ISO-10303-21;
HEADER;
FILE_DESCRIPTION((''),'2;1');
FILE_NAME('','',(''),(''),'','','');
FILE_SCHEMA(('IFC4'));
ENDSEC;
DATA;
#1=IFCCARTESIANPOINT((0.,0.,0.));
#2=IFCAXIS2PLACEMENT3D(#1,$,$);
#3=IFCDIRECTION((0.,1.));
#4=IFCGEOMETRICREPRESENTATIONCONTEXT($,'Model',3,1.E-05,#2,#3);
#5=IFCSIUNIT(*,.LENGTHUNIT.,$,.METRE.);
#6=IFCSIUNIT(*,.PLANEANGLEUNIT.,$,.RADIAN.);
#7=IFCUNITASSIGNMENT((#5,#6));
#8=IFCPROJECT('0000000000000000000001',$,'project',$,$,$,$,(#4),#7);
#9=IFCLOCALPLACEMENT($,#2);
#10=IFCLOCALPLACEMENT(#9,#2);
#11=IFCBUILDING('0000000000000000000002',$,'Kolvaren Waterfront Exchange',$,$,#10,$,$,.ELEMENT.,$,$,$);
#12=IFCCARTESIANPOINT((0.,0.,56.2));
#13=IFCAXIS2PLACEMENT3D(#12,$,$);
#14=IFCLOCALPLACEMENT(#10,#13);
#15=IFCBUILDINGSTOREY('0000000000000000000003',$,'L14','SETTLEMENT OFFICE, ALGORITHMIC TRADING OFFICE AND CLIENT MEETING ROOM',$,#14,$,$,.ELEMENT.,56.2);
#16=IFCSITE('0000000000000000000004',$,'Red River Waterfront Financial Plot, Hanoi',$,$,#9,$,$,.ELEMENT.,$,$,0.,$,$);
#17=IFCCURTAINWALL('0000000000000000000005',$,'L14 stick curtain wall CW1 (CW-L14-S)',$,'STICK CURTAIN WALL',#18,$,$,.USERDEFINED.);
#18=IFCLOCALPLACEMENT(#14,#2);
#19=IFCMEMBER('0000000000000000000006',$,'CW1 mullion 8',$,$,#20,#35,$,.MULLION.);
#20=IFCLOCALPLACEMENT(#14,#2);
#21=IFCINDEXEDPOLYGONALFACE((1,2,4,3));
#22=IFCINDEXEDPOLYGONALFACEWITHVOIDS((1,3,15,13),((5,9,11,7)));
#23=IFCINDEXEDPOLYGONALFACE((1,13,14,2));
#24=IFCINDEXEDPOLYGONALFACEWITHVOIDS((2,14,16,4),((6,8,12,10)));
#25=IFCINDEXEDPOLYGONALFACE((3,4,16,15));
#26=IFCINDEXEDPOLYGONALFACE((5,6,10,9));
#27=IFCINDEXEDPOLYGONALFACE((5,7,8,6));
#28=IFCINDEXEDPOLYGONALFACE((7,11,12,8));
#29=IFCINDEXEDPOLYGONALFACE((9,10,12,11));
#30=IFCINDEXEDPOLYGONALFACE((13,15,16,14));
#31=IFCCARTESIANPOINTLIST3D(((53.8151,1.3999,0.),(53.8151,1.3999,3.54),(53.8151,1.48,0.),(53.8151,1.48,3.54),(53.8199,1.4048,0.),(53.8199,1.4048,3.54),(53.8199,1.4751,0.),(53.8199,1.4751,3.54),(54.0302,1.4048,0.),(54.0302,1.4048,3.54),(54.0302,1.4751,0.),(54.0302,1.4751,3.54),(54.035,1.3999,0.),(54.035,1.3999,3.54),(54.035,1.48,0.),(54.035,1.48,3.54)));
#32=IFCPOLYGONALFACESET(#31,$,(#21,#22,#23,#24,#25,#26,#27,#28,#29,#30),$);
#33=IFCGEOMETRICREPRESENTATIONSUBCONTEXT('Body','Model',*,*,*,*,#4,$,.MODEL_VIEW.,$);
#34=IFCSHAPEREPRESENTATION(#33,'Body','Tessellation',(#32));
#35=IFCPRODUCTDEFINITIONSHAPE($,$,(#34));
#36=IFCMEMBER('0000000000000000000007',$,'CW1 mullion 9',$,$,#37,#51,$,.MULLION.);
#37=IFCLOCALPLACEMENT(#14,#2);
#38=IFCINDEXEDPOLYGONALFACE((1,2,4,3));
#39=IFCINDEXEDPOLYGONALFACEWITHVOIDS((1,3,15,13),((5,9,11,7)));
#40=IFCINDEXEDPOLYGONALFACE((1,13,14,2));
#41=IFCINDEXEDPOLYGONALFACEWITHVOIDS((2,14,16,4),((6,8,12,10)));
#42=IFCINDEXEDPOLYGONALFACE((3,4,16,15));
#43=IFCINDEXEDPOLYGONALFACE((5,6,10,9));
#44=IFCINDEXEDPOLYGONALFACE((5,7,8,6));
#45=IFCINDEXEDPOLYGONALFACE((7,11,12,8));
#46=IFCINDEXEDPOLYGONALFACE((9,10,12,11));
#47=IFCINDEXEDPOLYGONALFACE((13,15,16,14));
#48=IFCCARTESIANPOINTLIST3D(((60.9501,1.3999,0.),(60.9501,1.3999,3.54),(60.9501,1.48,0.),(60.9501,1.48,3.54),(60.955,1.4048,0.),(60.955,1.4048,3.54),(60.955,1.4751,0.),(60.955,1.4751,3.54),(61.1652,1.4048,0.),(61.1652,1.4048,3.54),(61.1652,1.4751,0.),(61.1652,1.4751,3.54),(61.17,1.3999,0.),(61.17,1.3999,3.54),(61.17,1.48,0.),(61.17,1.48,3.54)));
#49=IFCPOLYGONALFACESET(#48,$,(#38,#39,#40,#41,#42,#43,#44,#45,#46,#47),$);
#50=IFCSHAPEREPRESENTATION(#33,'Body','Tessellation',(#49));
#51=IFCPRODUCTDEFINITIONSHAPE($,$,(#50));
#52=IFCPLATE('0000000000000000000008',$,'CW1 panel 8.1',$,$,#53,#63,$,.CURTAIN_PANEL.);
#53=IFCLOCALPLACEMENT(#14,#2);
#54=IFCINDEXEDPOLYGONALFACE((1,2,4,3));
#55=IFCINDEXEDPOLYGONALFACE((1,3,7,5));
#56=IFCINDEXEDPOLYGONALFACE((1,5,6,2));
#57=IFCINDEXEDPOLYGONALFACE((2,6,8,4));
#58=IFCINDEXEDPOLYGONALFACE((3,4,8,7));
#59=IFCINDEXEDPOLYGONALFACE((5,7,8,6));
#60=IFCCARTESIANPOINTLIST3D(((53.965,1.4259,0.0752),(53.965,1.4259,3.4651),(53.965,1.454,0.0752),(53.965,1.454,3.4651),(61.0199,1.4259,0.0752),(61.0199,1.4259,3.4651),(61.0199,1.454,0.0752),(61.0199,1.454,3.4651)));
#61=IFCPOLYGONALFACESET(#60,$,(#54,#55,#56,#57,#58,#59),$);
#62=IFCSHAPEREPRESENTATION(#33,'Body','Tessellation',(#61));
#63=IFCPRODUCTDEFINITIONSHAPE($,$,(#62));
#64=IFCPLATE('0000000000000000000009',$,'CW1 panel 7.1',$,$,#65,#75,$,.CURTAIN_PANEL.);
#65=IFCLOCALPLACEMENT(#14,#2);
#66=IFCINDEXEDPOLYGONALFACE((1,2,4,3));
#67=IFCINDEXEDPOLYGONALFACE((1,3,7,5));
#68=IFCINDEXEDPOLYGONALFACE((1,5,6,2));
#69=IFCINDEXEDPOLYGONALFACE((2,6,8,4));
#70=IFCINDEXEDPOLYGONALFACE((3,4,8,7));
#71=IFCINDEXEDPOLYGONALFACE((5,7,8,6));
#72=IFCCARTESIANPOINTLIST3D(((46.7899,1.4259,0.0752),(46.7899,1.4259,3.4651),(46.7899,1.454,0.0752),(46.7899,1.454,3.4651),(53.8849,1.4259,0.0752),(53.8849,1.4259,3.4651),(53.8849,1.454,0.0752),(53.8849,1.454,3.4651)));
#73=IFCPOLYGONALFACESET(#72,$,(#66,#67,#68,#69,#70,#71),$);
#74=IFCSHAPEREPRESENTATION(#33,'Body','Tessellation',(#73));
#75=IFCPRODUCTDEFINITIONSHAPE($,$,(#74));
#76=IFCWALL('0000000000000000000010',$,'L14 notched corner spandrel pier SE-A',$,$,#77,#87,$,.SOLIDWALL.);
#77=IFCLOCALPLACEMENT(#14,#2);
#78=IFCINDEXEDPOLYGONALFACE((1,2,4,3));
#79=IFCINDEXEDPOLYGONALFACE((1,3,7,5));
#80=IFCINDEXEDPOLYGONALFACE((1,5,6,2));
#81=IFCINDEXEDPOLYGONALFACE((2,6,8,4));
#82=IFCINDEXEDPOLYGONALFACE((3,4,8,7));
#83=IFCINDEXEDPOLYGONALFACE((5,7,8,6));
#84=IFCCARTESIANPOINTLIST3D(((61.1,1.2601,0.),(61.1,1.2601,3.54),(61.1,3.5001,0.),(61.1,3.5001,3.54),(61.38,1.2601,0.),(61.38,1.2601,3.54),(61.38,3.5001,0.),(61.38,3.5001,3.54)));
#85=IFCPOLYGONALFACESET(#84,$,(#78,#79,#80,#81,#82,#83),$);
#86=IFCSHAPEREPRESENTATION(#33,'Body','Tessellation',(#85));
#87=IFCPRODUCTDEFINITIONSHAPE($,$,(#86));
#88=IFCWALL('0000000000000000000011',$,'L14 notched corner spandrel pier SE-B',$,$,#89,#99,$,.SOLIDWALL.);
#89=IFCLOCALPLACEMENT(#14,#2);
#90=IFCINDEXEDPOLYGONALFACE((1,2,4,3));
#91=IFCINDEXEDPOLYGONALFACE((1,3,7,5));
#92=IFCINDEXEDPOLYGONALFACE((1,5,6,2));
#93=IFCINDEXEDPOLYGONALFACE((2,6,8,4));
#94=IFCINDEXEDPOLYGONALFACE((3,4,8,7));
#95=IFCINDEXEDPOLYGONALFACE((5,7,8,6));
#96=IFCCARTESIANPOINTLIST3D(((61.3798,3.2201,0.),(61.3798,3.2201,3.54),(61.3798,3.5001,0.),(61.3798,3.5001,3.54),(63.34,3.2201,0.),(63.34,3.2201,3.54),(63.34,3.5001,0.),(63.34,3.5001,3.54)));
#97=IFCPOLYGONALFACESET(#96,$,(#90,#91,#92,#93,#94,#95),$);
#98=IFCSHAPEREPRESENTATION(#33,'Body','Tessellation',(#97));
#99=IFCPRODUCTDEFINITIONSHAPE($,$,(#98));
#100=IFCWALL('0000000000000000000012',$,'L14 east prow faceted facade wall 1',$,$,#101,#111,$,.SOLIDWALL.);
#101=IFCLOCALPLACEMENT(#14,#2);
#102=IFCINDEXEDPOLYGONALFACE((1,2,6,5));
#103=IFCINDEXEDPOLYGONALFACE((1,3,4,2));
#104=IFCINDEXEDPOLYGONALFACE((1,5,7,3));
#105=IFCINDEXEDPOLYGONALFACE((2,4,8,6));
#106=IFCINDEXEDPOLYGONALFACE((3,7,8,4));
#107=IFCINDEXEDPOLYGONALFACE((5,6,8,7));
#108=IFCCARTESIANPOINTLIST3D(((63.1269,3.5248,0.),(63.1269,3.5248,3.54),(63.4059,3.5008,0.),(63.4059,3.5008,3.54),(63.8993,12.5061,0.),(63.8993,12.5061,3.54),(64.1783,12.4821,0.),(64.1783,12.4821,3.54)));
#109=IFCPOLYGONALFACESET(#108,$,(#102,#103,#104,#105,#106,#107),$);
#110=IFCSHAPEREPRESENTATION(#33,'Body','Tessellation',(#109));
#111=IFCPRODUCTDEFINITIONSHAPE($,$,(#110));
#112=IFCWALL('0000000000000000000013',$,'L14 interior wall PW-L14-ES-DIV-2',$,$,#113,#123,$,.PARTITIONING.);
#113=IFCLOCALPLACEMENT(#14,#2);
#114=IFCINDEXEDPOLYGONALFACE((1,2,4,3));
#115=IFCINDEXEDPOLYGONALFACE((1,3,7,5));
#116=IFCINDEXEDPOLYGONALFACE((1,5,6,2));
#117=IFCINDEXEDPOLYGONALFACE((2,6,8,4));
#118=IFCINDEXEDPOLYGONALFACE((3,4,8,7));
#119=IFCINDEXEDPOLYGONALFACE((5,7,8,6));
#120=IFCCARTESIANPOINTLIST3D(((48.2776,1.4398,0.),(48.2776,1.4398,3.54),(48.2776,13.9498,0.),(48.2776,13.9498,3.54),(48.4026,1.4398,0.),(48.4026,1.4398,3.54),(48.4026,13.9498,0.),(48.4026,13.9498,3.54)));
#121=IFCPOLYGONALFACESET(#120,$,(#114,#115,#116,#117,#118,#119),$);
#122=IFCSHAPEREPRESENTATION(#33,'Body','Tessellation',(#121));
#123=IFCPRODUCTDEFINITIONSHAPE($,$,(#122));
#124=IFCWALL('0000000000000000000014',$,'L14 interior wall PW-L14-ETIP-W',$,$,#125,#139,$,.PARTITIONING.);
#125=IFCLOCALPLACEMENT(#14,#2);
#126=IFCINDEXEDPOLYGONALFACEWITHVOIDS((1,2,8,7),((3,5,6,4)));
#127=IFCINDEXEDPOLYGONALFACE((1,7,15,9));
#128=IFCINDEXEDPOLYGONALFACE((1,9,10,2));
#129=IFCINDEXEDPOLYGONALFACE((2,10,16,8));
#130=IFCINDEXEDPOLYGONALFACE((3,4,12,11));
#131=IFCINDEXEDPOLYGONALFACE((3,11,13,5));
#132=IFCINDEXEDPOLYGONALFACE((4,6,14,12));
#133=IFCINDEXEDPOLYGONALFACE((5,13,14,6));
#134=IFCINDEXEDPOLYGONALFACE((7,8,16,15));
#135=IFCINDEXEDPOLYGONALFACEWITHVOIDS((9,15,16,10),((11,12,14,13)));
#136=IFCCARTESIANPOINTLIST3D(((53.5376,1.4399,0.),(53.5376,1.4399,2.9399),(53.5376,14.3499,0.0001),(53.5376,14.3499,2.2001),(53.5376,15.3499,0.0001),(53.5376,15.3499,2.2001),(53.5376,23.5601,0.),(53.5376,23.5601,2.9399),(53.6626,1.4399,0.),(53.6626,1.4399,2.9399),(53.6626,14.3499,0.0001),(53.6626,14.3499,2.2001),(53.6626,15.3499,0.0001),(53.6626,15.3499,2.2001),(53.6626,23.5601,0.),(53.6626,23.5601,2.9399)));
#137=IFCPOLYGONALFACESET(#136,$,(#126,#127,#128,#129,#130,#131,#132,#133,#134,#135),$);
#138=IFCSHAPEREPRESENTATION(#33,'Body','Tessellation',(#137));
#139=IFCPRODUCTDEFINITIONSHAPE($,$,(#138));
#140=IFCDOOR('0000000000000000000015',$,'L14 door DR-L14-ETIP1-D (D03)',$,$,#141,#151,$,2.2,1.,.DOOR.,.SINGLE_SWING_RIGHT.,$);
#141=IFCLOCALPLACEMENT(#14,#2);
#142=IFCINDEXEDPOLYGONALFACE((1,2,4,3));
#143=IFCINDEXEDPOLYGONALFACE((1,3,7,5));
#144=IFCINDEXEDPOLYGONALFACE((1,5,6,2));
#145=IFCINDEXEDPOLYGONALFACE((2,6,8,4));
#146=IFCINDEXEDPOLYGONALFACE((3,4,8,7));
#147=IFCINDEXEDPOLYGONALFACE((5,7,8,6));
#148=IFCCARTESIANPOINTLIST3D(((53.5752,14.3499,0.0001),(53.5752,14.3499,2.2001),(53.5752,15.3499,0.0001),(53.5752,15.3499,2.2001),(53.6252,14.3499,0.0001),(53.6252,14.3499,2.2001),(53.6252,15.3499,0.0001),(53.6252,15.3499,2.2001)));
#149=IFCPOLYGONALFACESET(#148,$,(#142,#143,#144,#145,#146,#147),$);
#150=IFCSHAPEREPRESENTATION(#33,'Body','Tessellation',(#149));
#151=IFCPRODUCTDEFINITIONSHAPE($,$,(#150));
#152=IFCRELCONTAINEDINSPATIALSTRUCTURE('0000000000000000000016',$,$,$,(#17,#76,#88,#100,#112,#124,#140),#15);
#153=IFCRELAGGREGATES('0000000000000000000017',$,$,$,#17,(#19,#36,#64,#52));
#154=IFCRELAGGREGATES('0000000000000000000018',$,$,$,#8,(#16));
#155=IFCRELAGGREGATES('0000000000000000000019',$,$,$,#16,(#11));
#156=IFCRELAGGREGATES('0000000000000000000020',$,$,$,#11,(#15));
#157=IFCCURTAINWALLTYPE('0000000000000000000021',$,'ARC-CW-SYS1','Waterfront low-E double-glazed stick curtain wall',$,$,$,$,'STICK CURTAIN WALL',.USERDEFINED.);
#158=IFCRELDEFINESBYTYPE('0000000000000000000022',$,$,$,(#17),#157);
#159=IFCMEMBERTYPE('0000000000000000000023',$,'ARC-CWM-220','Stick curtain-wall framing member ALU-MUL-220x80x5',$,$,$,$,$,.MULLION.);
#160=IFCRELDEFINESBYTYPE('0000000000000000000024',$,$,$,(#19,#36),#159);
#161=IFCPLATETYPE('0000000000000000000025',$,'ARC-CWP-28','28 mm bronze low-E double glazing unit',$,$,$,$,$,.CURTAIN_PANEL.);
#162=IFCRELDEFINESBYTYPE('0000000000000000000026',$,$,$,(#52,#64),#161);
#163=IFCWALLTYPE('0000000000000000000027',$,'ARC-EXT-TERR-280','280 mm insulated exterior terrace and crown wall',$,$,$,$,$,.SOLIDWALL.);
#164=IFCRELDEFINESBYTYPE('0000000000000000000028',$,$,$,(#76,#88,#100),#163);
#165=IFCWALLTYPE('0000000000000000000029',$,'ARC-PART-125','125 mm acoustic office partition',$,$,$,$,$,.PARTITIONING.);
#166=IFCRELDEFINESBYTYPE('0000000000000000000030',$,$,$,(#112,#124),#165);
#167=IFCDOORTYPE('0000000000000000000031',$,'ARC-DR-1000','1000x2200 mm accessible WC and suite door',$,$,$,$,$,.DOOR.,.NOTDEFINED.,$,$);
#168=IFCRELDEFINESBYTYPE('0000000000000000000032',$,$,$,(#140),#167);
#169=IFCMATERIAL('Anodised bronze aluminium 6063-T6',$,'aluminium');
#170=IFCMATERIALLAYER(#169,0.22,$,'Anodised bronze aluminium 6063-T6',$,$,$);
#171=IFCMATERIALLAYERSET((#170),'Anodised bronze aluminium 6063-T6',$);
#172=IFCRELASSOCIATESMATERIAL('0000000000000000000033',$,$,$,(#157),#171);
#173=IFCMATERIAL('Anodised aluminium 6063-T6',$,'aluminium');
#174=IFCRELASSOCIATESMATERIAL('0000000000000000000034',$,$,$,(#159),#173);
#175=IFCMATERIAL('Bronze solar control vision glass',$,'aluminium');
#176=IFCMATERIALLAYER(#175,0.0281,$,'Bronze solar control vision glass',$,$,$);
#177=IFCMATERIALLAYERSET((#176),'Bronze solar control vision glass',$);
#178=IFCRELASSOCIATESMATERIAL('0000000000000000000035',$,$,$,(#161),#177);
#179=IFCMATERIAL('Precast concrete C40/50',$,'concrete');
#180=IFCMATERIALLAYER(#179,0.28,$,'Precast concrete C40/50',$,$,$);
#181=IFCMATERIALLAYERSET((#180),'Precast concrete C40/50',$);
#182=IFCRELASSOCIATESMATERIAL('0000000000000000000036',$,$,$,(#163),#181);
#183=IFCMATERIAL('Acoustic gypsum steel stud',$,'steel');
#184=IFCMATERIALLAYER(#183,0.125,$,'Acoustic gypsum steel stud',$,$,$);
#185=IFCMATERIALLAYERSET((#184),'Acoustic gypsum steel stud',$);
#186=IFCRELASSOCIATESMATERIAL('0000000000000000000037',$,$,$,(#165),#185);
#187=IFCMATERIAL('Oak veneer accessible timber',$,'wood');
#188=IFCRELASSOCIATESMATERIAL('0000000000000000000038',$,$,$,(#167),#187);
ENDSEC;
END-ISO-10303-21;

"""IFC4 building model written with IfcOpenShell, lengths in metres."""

from ifc_helpers import new_model, si_unit, direction, frame, frame_2d, origin, origin_with_axes, origin_2d, place, context, subcontext, project, spatial, rectangle, hollow_rectangle, extrude, source, transform, mapped, material, layer, layer_set, material_profile, profile_set, type_object, element, fill, aggregate, save


model = new_model("IFC4")

# Units and contexts
model_context = context("Model", 3, precision=1e-05, world=origin(), true_north=direction((0.0, 1.0)))
body_context = subcontext(model_context, "Body", "Model", "MODEL_VIEW")
ifc_project = project(units=[si_unit("LENGTHUNIT", "METRE"), si_unit("PLANEANGLEUNIT", "RADIAN")], contexts=[model_context])

# Site, building, storey
site_placement = place(None, origin())
site = spatial("IfcSite", under=ifc_project, at=site_placement, Name="Red River Waterfront Financial Plot, Hanoi", CompositionType="ELEMENT", RefElevation=0.0)
building_placement = place(site_placement, origin())
building = spatial("IfcBuilding", under=site, at=building_placement, Name="Kolvaren Waterfront Exchange", CompositionType="ELEMENT")
storey_placement = place(building_placement, frame((0.0, 0.0, 56.2)))
storey = spatial("IfcBuildingStorey", under=building, at=storey_placement, Name="L14", Description="SETTLEMENT OFFICE, ALGORITHMIC TRADING OFFICE AND CLIENT MEETING ROOM", CompositionType="ELEMENT", Elevation=56.2)

# Curtain wall, members, plates
ifc_material_1 = material(Name="Anodised bronze aluminium 6063-T6", Category="aluminium")
ifc_layer_1 = layer(ifc_material_1, 0.22, Name="Anodised bronze aluminium 6063-T6")
ifc_layer_set_1 = layer_set([ifc_layer_1], Name="Anodised bronze aluminium 6063-T6")
curtain_wall_type = type_object("IfcCurtainWallType", Name="ARC-CW-SYS1", Description="Waterfront low-E double-glazed stick curtain wall", ElementType="STICK CURTAIN WALL", PredefinedType="USERDEFINED", material=ifc_layer_set_1)
curtain_wall_placement = place(storey_placement, origin())
curtain_wall = element("IfcCurtainWall", 1, at=curtain_wall_placement, inside=storey, type_object=curtain_wall_type, Name="L14 stick curtain wall CW1 (CW-L14-S)", ObjectType="STICK CURTAIN WALL", PredefinedType="USERDEFINED")
ifc_material_2 = material(Name="Anodised aluminium 6063-T6", Category="aluminium")
ifc_material_profile_1 = material_profile(ifc_material_2, hollow_rectangle(XDim=0.0801, YDim=0.22, WallThickness=0.0049, at=origin_2d()), Name="ALU-MUL-220x80x5")
ifc_profile_set_1 = profile_set([ifc_material_profile_1], Name="Anodised aluminium 6063-T6")
member_type_1 = type_object("IfcMemberType", Name="ARC-CWM-220", Description="Stick curtain-wall framing member ALU-MUL-220x80x5", PredefinedType="MULLION", material=ifc_profile_set_1)
shared_shape_1 = source(origin_with_axes(), body_context, "Body", "SweptSolid", [
    extrude(hollow_rectangle(XDim=0.0801, YDim=0.22, WallThickness=0.0049, at=origin_2d()), origin(), (0.0, 0.0, 1.0), 3.54),
])
member_1_placement = place(storey_placement, frame((53.925, 1.4399, 0.0), z_axis=(0.0, 0.0, 1.0), x_axis=(0.0, 1.0, 0.0)))
member_1 = element("IfcMember", 2, at=member_1_placement, type_object=member_type_1, Name="CW1 mullion 8", PredefinedType="MULLION", context=body_context, shape_type="MappedRepresentation", body=[
    mapped(shared_shape_1, transform((0.0, 0.0, 0.0), x_axis=(1.0, 0.0, 0.0), y_axis=(0.0, 1.0, 0.0), z_axis=(0.0, 0.0, 1.0), scale=1.0)),
])
member_2_placement = place(storey_placement, frame((61.0601, 1.4399, 0.0), z_axis=(0.0, 0.0, 1.0), x_axis=(0.0, 1.0, 0.0)))
member_2 = element("IfcMember", 3, at=member_2_placement, type_object=member_type_1, Name="CW1 mullion 9", PredefinedType="MULLION", context=body_context, shape_type="MappedRepresentation", body=[
    mapped(shared_shape_1, transform((0.0, 0.0, 0.0), x_axis=(1.0, 0.0, 0.0), y_axis=(0.0, 1.0, 0.0), z_axis=(0.0, 0.0, 1.0), scale=1.0)),
])
ifc_material_3 = material(Name="Bronze solar control vision glass", Category="aluminium")
ifc_layer_2 = layer(ifc_material_3, 0.0281, Name="Bronze solar control vision glass")
ifc_layer_set_2 = layer_set([ifc_layer_2], Name="Bronze solar control vision glass")
plate_type = type_object("IfcPlateType", Name="ARC-CWP-28", Description="28 mm bronze low-E double glazing unit", PredefinedType="CURTAIN_PANEL", material=ifc_layer_set_2)
shared_shape_2 = source(origin_with_axes(), body_context, "Body", "SweptSolid", [
    extrude(rectangle(XDim=7.0549, YDim=0.0281, at=origin_2d()), origin(), (0.0, 0.0, 1.0), 3.3899),
])
plate_1_placement = place(storey_placement, frame((57.4924, 1.4399, 0.0752), z_axis=(0.0, 0.0, 1.0), x_axis=(1.0, 0.0, 0.0)))
plate_1 = element("IfcPlate", 4, at=plate_1_placement, type_object=plate_type, Name="CW1 panel 8.1", PredefinedType="CURTAIN_PANEL", context=body_context, shape_type="MappedRepresentation", body=[
    mapped(shared_shape_2, transform((0.0, 0.0, 0.0), x_axis=(1.0, 0.0, 0.0), y_axis=(0.0, 1.0, 0.0), z_axis=(0.0, 0.0, 1.0), scale=1.0)),
])
shared_shape_3 = source(origin_with_axes(), body_context, "Body", "SweptSolid", [
    extrude(rectangle(XDim=7.095, YDim=0.0281, at=origin_2d()), origin(), (0.0, 0.0, 1.0), 3.3899),
])
plate_2_placement = place(storey_placement, frame((50.3374, 1.4399, 0.0752), z_axis=(0.0, 0.0, 1.0), x_axis=(1.0, 0.0, 0.0)))
plate_2 = element("IfcPlate", 5, at=plate_2_placement, type_object=plate_type, Name="CW1 panel 7.1", PredefinedType="CURTAIN_PANEL", context=body_context, shape_type="MappedRepresentation", body=[
    mapped(shared_shape_3, transform((0.0, 0.0, 0.0), x_axis=(1.0, 0.0, 0.0), y_axis=(0.0, 1.0, 0.0), z_axis=(0.0, 0.0, 1.0), scale=1.0)),
])
aggregate(curtain_wall, [member_1, member_2, plate_2, plate_1])

# Walls
ifc_material_4 = material(Name="Precast concrete C40/50", Category="concrete")
ifc_layer_3 = layer(ifc_material_4, 0.28, Name="Precast concrete C40/50")
ifc_layer_set_3 = layer_set([ifc_layer_3], Name="Precast concrete C40/50")
wall_type_1 = type_object("IfcWallType", Name="ARC-EXT-TERR-280", Description="280 mm insulated exterior terrace and crown wall", PredefinedType="SOLIDWALL", material=ifc_layer_set_3)
wall_1_placement = place(storey_placement, frame((61.24, 1.26, 0.0), z_axis=(0.0, 0.0, 1.0), x_axis=(0.0, 1.0, 0.0)))
element("IfcWall", 6, at=wall_1_placement, inside=storey, type_object=wall_type_1, Name="L14 notched corner spandrel pier SE-A", PredefinedType="SOLIDWALL", context=body_context, shape_type="SweptSolid", body=[
    extrude(rectangle(XDim=2.24, YDim=0.28, at=frame_2d((1.1201, 0.0))), origin(), (0.0, 0.0, 1.0), 3.54),
])
wall_2_placement = place(storey_placement, frame((61.3799, 3.3601, 0.0), z_axis=(0.0, 0.0, 1.0), x_axis=(1.0, 0.0, 0.0)))
element("IfcWall", 7, at=wall_2_placement, inside=storey, type_object=wall_type_1, Name="L14 notched corner spandrel pier SE-B", PredefinedType="SOLIDWALL", context=body_context, shape_type="SweptSolid", body=[
    extrude(rectangle(XDim=1.9602, YDim=0.28, at=frame_2d((0.98, 0.0))), origin(), (0.0, 0.0, 1.0), 3.54),
])
wall_3_placement = place(storey_placement, frame((63.2664, 3.5127, 0.0), z_axis=(0.0, 0.0, 1.0), x_axis=(0.085692, 0.996322, 0.0)))
element("IfcWall", 8, at=wall_3_placement, inside=storey, type_object=wall_type_1, Name="L14 east prow faceted facade wall 1", PredefinedType="SOLIDWALL", context=body_context, shape_type="SweptSolid", body=[
    extrude(rectangle(XDim=9.0144, YDim=0.28, at=frame_2d((4.5073, 0.0))), origin(), (0.0, 0.0, 1.0), 3.54),
])
ifc_material_5 = material(Name="Acoustic gypsum steel stud", Category="steel")
ifc_layer_4 = layer(ifc_material_5, 0.125, Name="Acoustic gypsum steel stud")
ifc_layer_set_4 = layer_set([ifc_layer_4], Name="Acoustic gypsum steel stud")
wall_type_2 = type_object("IfcWallType", Name="ARC-PART-125", Description="125 mm acoustic office partition", PredefinedType="PARTITIONING", material=ifc_layer_set_4)
wall_4_placement = place(storey_placement, frame((48.3401, 1.4399, 0.0), z_axis=(0.0, 0.0, 1.0), x_axis=(0.0, 1.0, 0.0)))
element("IfcWall", 9, at=wall_4_placement, inside=storey, type_object=wall_type_2, Name="L14 interior wall PW-L14-ES-DIV-2", PredefinedType="PARTITIONING", context=body_context, shape_type="SweptSolid", body=[
    extrude(rectangle(XDim=12.51, YDim=0.125, at=frame_2d((6.2549, 0.0))), origin(), (0.0, 0.0, 1.0), 3.54),
])

# Wall, opening, door
wall_5_placement = place(storey_placement, frame((53.6001, 1.4399, 0.0), z_axis=(0.0, 0.0, 1.0), x_axis=(0.0, 1.0, 0.0)))
wall_5 = element("IfcWall", 10, at=wall_5_placement, inside=storey, type_object=wall_type_2, Name="L14 interior wall PW-L14-ETIP-W", PredefinedType="PARTITIONING", context=body_context, shape_type="SweptSolid", body=[
    extrude(rectangle(XDim=22.1201, YDim=0.125, at=frame_2d((11.0601, 0.0))), origin(), (0.0, 0.0, 1.0), 2.9399),
])
opening_placement = place(wall_5_placement, frame((12.9099, 0.0, 0.0)))
opening = element("IfcOpeningElement", 11, at=opening_placement, cuts=wall_5, PredefinedType="OPENING", context=body_context, shape_type="SweptSolid", body=[
    extrude(rectangle(XDim=1.0, YDim=2.2, at=frame_2d((0.5, 1.1001))), frame((0.0, 0.0725, 0.0), z_axis=(0.0, -1.0, 0.0), x_axis=(1.0, 0.0, 0.0)), (0.0, 0.0, 1.0), 0.145),
])
ifc_material_6 = material(Name="Oak veneer accessible timber", Category="wood")
door_type = type_object("IfcDoorType", Name="ARC-DR-1000", Description="1000x2200 mm accessible WC and suite door", OperationType="NOTDEFINED", PredefinedType="DOOR", material=ifc_material_6)
door_placement = place(opening_placement, origin())
door = element("IfcDoor", 12, at=door_placement, inside=storey, type_object=door_type, Name="L14 door DR-L14-ETIP1-D (D03)", OperationType="SINGLE_SWING_RIGHT", OverallHeight=2.2, OverallWidth=1.0, PredefinedType="DOOR", context=body_context, shape_type="SweptSolid", body=[
    extrude(rectangle(XDim=1.0, YDim=2.2, at=frame_2d((0.5, 1.1001))), frame((0.0, 0.0249, 0.0), z_axis=(0.0, -1.0, 0.0), x_axis=(1.0, 0.0, 0.0)), (0.0, 0.0, 1.0), 0.05),
])
fill(opening, door)

save(model, "model.ifc")
